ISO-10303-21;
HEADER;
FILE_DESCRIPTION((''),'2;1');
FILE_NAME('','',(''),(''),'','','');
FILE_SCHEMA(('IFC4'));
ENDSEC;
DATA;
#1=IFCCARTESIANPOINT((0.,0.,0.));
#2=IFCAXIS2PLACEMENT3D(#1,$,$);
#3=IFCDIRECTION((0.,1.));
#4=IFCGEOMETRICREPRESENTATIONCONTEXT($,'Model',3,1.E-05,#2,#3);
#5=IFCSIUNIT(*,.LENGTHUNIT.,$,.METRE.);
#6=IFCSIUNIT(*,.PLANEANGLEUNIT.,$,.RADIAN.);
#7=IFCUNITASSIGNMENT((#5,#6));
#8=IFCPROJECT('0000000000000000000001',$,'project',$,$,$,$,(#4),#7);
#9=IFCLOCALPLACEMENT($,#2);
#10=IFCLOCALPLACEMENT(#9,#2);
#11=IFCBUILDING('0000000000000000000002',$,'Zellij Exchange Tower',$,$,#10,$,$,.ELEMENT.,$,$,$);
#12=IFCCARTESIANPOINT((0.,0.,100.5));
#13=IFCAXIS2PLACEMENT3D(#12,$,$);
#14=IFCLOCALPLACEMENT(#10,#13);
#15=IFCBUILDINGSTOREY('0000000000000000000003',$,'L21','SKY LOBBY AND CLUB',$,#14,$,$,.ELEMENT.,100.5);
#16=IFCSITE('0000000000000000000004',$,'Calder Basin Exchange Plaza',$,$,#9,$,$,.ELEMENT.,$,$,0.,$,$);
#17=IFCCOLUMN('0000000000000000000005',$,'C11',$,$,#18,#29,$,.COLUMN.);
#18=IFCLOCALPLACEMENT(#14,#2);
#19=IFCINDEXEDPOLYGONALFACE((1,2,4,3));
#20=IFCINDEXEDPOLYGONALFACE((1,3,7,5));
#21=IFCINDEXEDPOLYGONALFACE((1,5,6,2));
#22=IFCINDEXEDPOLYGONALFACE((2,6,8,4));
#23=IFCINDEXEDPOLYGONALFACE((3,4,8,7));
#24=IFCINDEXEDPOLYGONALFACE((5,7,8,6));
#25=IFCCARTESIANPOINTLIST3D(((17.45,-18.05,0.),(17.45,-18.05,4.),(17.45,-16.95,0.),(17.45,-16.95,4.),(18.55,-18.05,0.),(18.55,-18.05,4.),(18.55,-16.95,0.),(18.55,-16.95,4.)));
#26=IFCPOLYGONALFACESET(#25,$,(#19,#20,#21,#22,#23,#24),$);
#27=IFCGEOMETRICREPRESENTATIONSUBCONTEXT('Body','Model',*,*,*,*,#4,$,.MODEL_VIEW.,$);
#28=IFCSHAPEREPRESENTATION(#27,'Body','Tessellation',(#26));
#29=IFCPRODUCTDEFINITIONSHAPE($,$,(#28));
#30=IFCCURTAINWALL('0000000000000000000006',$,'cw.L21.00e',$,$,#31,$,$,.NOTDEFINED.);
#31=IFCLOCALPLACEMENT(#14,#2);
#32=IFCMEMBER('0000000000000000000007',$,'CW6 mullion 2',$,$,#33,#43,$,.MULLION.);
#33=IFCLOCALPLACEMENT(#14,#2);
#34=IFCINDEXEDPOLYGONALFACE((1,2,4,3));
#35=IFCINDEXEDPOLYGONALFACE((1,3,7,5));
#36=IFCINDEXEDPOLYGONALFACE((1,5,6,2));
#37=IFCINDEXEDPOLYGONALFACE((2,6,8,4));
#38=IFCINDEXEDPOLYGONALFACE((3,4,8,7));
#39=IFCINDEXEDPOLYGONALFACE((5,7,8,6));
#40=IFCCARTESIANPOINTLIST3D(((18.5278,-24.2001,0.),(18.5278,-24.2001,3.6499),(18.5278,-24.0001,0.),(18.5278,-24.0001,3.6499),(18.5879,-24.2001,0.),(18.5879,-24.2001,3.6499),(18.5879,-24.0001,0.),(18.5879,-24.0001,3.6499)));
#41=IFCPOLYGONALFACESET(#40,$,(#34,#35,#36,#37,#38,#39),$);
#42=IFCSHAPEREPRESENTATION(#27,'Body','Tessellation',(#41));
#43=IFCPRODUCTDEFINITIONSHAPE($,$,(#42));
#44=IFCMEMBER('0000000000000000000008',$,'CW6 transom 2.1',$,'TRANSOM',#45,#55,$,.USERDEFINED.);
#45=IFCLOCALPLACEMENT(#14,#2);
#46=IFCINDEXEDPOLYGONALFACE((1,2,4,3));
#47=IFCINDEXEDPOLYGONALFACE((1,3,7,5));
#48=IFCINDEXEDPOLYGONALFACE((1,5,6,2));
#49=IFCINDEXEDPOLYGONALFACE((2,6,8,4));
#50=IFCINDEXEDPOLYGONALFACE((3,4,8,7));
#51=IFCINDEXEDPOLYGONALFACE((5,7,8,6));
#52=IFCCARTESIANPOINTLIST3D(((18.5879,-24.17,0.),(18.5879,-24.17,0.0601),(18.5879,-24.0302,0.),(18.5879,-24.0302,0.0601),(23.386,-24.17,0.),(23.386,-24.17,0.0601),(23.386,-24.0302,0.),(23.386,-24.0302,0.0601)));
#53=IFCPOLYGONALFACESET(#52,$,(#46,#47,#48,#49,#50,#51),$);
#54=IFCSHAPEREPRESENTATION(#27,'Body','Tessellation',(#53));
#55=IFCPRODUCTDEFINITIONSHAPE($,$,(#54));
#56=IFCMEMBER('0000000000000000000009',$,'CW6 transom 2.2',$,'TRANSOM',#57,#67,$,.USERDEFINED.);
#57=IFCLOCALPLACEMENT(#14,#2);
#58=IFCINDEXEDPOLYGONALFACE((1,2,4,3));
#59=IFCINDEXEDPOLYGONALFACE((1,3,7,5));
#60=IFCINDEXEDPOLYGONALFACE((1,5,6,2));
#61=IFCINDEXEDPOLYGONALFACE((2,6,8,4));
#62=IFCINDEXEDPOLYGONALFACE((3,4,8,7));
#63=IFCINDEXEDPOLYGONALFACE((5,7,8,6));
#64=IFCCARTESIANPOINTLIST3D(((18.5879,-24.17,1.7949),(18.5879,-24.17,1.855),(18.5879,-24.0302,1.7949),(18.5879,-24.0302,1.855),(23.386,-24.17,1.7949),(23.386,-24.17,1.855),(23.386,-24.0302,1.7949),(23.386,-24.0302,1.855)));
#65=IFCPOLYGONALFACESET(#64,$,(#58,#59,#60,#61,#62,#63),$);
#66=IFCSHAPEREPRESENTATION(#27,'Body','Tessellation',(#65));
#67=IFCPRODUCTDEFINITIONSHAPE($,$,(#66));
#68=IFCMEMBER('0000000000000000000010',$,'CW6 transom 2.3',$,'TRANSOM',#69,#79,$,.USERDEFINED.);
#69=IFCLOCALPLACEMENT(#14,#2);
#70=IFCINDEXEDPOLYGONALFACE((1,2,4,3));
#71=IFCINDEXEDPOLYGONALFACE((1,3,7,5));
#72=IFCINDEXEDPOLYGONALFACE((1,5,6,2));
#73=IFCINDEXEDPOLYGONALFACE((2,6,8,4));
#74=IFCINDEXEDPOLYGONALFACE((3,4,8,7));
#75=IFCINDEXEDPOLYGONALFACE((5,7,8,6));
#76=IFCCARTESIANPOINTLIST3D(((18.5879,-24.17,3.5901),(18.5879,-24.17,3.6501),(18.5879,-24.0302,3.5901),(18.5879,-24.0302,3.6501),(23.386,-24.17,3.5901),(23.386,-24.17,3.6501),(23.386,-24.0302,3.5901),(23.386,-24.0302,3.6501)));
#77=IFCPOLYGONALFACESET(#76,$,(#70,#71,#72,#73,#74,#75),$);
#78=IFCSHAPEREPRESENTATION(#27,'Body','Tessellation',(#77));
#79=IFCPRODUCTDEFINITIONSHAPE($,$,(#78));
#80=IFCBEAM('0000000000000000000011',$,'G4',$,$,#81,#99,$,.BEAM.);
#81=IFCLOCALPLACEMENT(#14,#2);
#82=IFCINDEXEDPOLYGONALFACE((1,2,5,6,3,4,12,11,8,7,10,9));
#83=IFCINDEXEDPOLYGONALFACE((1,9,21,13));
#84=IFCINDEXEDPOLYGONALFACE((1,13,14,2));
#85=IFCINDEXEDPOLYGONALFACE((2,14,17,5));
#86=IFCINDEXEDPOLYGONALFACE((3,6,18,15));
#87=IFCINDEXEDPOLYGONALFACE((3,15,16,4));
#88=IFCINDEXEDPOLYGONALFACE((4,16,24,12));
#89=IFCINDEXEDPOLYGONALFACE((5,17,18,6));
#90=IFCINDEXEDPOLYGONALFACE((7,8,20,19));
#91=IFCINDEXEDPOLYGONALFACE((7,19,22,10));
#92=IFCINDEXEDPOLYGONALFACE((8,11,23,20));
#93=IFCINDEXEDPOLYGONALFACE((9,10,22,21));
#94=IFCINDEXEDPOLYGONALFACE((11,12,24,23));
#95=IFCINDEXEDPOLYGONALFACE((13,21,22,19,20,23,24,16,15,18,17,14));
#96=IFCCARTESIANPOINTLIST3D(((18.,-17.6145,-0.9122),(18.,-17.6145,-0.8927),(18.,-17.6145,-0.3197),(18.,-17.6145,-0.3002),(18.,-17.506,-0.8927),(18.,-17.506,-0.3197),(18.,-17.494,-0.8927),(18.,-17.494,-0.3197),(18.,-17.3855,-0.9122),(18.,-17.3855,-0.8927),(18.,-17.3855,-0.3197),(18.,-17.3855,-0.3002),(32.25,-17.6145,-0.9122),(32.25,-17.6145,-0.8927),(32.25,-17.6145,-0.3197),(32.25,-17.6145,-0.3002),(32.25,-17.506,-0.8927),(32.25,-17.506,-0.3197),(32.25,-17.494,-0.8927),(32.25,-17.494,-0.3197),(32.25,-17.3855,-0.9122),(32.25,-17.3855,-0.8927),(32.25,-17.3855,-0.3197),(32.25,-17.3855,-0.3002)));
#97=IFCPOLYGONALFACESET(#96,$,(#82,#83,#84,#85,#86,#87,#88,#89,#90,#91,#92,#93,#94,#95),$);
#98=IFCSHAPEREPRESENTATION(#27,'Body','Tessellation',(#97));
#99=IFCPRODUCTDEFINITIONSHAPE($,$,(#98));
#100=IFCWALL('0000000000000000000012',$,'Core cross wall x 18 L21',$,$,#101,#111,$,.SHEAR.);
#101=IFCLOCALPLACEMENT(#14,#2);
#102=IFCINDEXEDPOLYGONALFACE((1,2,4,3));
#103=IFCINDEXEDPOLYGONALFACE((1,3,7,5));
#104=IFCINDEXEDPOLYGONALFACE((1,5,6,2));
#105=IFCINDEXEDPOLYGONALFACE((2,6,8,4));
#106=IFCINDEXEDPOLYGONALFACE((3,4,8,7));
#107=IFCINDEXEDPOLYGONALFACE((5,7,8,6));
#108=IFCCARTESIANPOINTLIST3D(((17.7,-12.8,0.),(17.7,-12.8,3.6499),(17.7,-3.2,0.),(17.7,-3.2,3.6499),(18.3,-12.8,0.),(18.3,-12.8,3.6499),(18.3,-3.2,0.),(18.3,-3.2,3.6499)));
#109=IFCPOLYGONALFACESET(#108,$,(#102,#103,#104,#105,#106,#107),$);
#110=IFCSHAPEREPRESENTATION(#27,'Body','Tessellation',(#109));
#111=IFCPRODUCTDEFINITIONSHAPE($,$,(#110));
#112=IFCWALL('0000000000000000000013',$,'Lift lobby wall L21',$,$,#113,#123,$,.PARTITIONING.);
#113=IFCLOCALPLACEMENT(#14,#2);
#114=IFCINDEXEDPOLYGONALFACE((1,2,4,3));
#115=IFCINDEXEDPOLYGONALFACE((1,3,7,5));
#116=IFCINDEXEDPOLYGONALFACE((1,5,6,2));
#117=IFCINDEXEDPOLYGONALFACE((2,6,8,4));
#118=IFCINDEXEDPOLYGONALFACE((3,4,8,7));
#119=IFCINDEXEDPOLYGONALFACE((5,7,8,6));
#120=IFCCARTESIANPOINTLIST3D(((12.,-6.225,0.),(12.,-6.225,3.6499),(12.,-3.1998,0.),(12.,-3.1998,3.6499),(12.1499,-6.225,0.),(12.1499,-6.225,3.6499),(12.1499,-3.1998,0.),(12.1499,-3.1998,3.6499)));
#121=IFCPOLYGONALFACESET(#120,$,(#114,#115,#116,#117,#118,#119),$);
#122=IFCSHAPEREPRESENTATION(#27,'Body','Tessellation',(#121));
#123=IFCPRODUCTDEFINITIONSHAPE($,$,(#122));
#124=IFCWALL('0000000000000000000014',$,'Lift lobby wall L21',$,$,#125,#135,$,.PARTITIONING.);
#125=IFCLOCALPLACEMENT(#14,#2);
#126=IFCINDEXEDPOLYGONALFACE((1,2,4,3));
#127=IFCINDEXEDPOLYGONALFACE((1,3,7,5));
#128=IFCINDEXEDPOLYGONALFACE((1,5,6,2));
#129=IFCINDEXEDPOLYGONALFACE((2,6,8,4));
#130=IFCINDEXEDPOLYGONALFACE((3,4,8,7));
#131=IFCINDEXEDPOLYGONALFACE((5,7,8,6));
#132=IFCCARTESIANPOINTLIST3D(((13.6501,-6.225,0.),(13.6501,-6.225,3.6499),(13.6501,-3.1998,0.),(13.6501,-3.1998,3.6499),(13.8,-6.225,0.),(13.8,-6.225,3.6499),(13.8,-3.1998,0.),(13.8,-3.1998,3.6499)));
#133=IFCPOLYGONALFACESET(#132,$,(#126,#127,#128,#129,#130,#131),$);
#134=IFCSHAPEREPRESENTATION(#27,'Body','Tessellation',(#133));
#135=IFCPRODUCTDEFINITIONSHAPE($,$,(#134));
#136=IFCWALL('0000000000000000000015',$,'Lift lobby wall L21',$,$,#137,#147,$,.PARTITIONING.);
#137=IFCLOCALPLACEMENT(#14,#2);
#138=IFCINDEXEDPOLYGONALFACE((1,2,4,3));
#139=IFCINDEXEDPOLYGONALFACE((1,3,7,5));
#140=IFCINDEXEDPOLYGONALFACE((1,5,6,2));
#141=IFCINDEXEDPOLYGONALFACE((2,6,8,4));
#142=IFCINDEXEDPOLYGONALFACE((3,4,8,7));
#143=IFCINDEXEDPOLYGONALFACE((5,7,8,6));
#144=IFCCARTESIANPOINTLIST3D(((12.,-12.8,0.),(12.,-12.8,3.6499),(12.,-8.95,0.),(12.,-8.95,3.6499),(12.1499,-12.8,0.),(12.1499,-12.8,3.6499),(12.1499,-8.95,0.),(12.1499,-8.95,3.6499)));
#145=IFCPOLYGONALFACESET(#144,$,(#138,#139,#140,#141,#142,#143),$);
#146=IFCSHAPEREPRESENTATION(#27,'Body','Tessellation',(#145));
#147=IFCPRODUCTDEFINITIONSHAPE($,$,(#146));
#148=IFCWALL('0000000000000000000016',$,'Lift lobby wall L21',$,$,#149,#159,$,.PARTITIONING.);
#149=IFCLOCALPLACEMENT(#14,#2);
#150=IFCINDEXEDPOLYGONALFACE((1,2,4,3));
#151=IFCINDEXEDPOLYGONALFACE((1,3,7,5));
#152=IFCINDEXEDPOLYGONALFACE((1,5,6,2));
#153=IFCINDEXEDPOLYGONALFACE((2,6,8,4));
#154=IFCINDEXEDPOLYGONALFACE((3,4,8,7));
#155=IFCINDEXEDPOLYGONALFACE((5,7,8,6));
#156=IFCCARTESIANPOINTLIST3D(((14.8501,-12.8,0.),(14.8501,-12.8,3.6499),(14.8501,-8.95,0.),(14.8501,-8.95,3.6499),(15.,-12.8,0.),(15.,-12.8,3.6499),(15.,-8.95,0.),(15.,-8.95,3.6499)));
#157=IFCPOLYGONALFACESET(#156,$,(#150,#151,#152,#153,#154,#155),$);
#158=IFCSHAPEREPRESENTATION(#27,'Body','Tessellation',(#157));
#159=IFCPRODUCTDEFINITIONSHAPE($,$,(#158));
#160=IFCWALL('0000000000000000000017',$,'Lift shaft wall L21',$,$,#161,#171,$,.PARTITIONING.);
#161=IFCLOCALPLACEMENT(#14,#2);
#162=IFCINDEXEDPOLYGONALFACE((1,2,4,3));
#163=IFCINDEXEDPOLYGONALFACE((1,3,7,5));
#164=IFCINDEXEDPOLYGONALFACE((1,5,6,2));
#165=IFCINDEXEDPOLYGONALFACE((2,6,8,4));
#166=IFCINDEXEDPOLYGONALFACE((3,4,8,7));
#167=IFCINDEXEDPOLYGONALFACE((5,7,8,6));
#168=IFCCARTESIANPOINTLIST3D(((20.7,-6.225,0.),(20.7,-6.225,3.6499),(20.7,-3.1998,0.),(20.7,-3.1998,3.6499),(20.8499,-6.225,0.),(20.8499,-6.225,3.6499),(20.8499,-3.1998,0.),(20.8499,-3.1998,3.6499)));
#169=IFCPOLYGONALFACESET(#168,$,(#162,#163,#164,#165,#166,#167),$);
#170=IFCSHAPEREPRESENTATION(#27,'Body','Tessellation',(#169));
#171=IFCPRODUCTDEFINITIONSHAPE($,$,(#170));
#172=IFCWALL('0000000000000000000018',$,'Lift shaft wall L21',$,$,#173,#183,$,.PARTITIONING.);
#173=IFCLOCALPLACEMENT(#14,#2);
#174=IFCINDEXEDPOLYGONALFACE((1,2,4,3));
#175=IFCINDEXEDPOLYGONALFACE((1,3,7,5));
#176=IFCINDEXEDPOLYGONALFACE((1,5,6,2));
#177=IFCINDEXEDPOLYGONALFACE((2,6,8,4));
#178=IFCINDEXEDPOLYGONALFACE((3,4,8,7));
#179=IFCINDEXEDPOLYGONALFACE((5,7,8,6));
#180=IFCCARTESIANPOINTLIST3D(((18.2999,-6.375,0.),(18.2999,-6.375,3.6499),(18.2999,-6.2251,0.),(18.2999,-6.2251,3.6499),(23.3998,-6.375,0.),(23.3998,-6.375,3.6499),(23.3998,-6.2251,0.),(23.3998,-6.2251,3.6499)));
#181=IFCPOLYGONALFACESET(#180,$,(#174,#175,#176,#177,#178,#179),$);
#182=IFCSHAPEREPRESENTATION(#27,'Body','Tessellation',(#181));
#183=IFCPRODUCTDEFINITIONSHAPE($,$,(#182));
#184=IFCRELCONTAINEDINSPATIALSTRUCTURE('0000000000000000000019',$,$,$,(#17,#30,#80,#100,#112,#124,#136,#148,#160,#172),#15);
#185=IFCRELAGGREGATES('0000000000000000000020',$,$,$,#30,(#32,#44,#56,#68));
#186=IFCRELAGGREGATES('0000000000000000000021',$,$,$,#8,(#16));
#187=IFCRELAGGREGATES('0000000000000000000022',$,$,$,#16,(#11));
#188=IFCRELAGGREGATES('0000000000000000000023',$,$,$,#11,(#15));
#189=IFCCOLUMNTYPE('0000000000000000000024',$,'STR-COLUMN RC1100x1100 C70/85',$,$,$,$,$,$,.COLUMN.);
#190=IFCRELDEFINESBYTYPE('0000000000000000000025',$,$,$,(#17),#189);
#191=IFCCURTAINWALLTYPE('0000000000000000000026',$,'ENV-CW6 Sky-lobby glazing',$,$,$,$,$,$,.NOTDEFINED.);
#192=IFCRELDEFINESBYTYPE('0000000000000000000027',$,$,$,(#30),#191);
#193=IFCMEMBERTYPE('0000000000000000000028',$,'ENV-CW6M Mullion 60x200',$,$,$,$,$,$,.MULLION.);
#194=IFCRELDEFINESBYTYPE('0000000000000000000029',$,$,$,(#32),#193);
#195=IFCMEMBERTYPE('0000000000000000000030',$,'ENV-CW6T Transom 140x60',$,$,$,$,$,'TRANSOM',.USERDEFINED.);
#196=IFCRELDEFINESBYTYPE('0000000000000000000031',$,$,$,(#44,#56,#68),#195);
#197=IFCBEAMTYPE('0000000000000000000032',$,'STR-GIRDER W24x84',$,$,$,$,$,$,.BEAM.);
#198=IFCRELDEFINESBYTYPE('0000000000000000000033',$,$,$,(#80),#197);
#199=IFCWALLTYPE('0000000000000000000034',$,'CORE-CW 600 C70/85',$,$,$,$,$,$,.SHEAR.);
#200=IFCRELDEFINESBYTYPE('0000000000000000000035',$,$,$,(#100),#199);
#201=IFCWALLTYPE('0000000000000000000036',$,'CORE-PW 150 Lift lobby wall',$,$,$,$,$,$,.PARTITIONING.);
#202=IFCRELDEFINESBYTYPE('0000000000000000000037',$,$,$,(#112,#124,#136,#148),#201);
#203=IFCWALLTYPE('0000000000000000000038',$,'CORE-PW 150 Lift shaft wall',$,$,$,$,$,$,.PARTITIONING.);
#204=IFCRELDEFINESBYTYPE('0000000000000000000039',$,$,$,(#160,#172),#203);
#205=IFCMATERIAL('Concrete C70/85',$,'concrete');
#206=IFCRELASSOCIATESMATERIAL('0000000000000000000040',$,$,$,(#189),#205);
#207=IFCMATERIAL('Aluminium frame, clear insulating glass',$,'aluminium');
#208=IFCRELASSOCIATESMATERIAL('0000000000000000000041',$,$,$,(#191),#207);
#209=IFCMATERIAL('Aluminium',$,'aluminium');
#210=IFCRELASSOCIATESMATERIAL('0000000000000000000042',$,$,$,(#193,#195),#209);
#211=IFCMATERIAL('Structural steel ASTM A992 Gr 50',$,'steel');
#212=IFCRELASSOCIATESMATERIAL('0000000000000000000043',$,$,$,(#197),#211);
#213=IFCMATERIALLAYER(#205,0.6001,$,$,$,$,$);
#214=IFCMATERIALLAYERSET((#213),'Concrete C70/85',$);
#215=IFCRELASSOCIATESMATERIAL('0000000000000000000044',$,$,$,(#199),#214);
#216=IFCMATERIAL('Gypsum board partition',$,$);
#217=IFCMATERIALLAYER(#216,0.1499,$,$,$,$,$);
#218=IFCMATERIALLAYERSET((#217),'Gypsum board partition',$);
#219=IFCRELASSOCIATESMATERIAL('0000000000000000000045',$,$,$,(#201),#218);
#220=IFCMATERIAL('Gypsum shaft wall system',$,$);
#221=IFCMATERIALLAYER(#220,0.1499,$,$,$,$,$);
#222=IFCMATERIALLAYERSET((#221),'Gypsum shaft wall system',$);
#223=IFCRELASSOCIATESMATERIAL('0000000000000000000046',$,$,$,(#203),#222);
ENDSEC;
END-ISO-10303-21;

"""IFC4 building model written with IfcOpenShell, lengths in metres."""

from ifc_helpers import new_model, si_unit, direction, frame, frame_2d, origin, origin_2d, place, context, subcontext, project, spatial, rectangle, i_section, extrude, material, layer, layer_set, material_profile, profile_set, type_object, element, aggregate, save


model = new_model("IFC4")

# Units and contexts
model_context = context("Model", 3, precision=1e-05, world=origin(), true_north=direction((0.0, 1.0)))
body_context = subcontext(model_context, "Body", "Model", "MODEL_VIEW")
ifc_project = project(units=[si_unit("LENGTHUNIT", "METRE"), si_unit("PLANEANGLEUNIT", "RADIAN")], contexts=[model_context])

# Site, building, storey
site_placement = place(None, origin())
site = spatial("IfcSite", under=ifc_project, at=site_placement, Name="Calder Basin Exchange Plaza", CompositionType="ELEMENT", RefElevation=0.0)
building_placement = place(site_placement, origin())
building = spatial("IfcBuilding", under=site, at=building_placement, Name="Zellij Exchange Tower", CompositionType="ELEMENT")
storey_placement = place(building_placement, frame((0.0, 0.0, 100.5)))
storey = spatial("IfcBuildingStorey", under=building, at=storey_placement, Name="L21", Description="SKY LOBBY AND CLUB", CompositionType="ELEMENT", Elevation=100.5)

# Column
ifc_material_1 = material(Name="Concrete C70/85", Category="concrete")
ifc_material_profile_1 = material_profile(ifc_material_1, rectangle(XDim=1.1001, YDim=1.1001, at=origin_2d()), Name="STR-COLUMN RC1100x1100 C70/85")
ifc_profile_set_1 = profile_set([ifc_material_profile_1], Name="Concrete C70/85")
column_type = type_object("IfcColumnType", Name="STR-COLUMN RC1100x1100 C70/85", PredefinedType="COLUMN", material=ifc_profile_set_1)
column_placement = place(storey_placement, frame((18.0, -17.5, 0.0), z_axis=(0.0, 0.0, 1.0), x_axis=(1.0, 0.0, 0.0)))
element("IfcColumn", 1, at=column_placement, inside=storey, type_object=column_type, Name="C11", PredefinedType="COLUMN", context=body_context, shape_type="SweptSolid", body=[
    extrude(rectangle(XDim=1.1001, YDim=1.1001, at=origin_2d()), origin(), (0.0, 0.0, 1.0), 4.0),
])

# Curtain wall, members
ifc_material_2 = material(Name="Aluminium frame, clear insulating glass", Category="aluminium")
curtain_wall_type = type_object("IfcCurtainWallType", Name="ENV-CW6 Sky-lobby glazing", PredefinedType="NOTDEFINED", material=ifc_material_2)
curtain_wall_placement = place(storey_placement, origin())
curtain_wall = element("IfcCurtainWall", 2, at=curtain_wall_placement, inside=storey, type_object=curtain_wall_type, Name="cw.L21.00e", PredefinedType="NOTDEFINED")
ifc_material_3 = material(Name="Aluminium", Category="aluminium")
ifc_material_profile_2 = material_profile(ifc_material_3, rectangle(XDim=0.0601, YDim=0.2, at=origin_2d()), Name="AL 60x200")
ifc_profile_set_2 = profile_set([ifc_material_profile_2], Name="Aluminium")
member_type_1 = type_object("IfcMemberType", Name="ENV-CW6M Mullion 60x200", PredefinedType="MULLION", material=ifc_profile_set_2)
member_1_placement = place(storey_placement, frame((18.5579, -24.1001, 0.0), z_axis=(0.0, 0.0, 1.0), x_axis=(1.0, 0.0, 0.0)))
member_1 = element("IfcMember", 3, at=member_1_placement, type_object=member_type_1, Name="CW6 mullion 2", PredefinedType="MULLION", context=body_context, shape_type="SweptSolid", body=[
    extrude(rectangle(XDim=0.0601, YDim=0.2, at=origin_2d()), origin(), (0.0, 0.0, 1.0), 3.6499),
])
ifc_material_profile_3 = material_profile(ifc_material_3, rectangle(XDim=0.1399, YDim=0.0601, at=origin_2d()), Name="AL 140x60")
ifc_profile_set_3 = profile_set([ifc_material_profile_3], Name="Aluminium")
member_type_2 = type_object("IfcMemberType", Name="ENV-CW6T Transom 140x60", ElementType="TRANSOM", PredefinedType="USERDEFINED", material=ifc_profile_set_3)
member_2_placement = place(storey_placement, frame((18.5879, -24.1001, 0.03), z_axis=(1.0, 0.0, 0.0), x_axis=(0.0, 1.0, 0.0)))
member_2 = element("IfcMember", 4, at=member_2_placement, type_object=member_type_2, Name="CW6 transom 2.1", ObjectType="TRANSOM", PredefinedType="USERDEFINED", context=body_context, shape_type="SweptSolid", body=[
    extrude(rectangle(XDim=0.1399, YDim=0.0601, at=origin_2d()), origin(), (0.0, 0.0, 1.0), 4.7981),
])
member_3_placement = place(storey_placement, frame((18.5879, -24.1001, 1.825), z_axis=(1.0, 0.0, 0.0), x_axis=(0.0, 1.0, 0.0)))
member_3 = element("IfcMember", 5, at=member_3_placement, type_object=member_type_2, Name="CW6 transom 2.2", ObjectType="TRANSOM", PredefinedType="USERDEFINED", context=body_context, shape_type="SweptSolid", body=[
    extrude(rectangle(XDim=0.1399, YDim=0.0601, at=origin_2d()), origin(), (0.0, 0.0, 1.0), 4.7981),
])
member_4_placement = place(storey_placement, frame((18.5879, -24.1001, 3.6201), z_axis=(1.0, 0.0, 0.0), x_axis=(0.0, 1.0, 0.0)))
member_4 = element("IfcMember", 6, at=member_4_placement, type_object=member_type_2, Name="CW6 transom 2.3", ObjectType="TRANSOM", PredefinedType="USERDEFINED", context=body_context, shape_type="SweptSolid", body=[
    extrude(rectangle(XDim=0.1399, YDim=0.0601, at=origin_2d()), origin(), (0.0, 0.0, 1.0), 4.7981),
])
aggregate(curtain_wall, [member_1, member_2, member_3, member_4])

# Beam
ifc_material_4 = material(Name="Structural steel ASTM A992 Gr 50", Category="steel")
ifc_material_profile_4 = material_profile(ifc_material_4, i_section(OverallWidth=0.229, OverallDepth=0.6121, WebThickness=0.012, FlangeThickness=0.0195, at=origin_2d()), Name="W24x84")
ifc_profile_set_4 = profile_set([ifc_material_profile_4], Name="Structural steel ASTM A992 Gr 50")
beam_type = type_object("IfcBeamType", Name="STR-GIRDER W24x84", PredefinedType="BEAM", material=ifc_profile_set_4)
beam_placement = place(storey_placement, frame((18.0, -17.5, -0.6062), z_axis=(1.0, 0.0, 0.0), x_axis=(0.0, 1.0, 0.0)))
element("IfcBeam", 7, at=beam_placement, inside=storey, type_object=beam_type, Name="G4", PredefinedType="BEAM", context=body_context, shape_type="SweptSolid", body=[
    extrude(i_section(OverallWidth=0.229, OverallDepth=0.6121, WebThickness=0.012, FlangeThickness=0.0195, at=origin_2d()), origin(), (0.0, 0.0, 1.0), 14.25),
])

# Walls
ifc_layer_1 = layer(ifc_material_1, 0.6001)
ifc_layer_set_1 = layer_set([ifc_layer_1], Name="Concrete C70/85")
wall_type_1 = type_object("IfcWallType", Name="CORE-CW 600 C70/85", PredefinedType="SHEAR", material=ifc_layer_set_1)
wall_1_placement = place(storey_placement, frame((18.0, -12.8, 0.0), z_axis=(0.0, 0.0, 1.0), x_axis=(0.0, 1.0, 0.0)))
element("IfcWall", 8, at=wall_1_placement, inside=storey, type_object=wall_type_1, Name="Core cross wall x 18 L21", PredefinedType="SHEAR", context=body_context, shape_type="SweptSolid", body=[
    extrude(rectangle(XDim=9.6001, YDim=0.6001, at=frame_2d((4.8, 0.0))), origin(), (0.0, 0.0, 1.0), 3.6499),
])
ifc_material_5 = material(Name="Gypsum board partition")
ifc_layer_2 = layer(ifc_material_5, 0.1499)
ifc_layer_set_2 = layer_set([ifc_layer_2], Name="Gypsum board partition")
wall_type_2 = type_object("IfcWallType", Name="CORE-PW 150 Lift lobby wall", PredefinedType="PARTITIONING", material=ifc_layer_set_2)
for number, where, z_axis, x_axis, name in (
    (9, (12.075, -6.2251, 0.0), (0.0, 0.0, 1.0), (0.0, 1.0, 0.0), "Lift lobby wall L21"),
    (10, (13.7251, -6.2251, 0.0), (0.0, 0.0, 1.0), (0.0, 1.0, 0.0), "Lift lobby wall L21"),
):
    element("IfcWall", number, at=place(storey_placement, frame(where, z_axis=z_axis, x_axis=x_axis)), inside=storey, type_object=wall_type_2, Name=name, PredefinedType="PARTITIONING", context=body_context, shape_type="SweptSolid", body=[
        extrude(rectangle(XDim=3.0251, YDim=0.1499, at=frame_2d((1.5127, 0.0))), origin(), (0.0, 0.0, 1.0), 3.6499),
    ])
for number, where, z_axis, x_axis, name in (
    (11, (12.075, -12.8, 0.0), (0.0, 0.0, 1.0), (0.0, 1.0, 0.0), "Lift lobby wall L21"),
    (12, (14.925, -12.8, 0.0), (0.0, 0.0, 1.0), (0.0, 1.0, 0.0), "Lift lobby wall L21"),
):
    element("IfcWall", number, at=place(storey_placement, frame(where, z_axis=z_axis, x_axis=x_axis)), inside=storey, type_object=wall_type_2, Name=name, PredefinedType="PARTITIONING", context=body_context, shape_type="SweptSolid", body=[
        extrude(rectangle(XDim=3.8501, YDim=0.1499, at=frame_2d((1.925, 0.0))), origin(), (0.0, 0.0, 1.0), 3.6499),
    ])
ifc_material_6 = material(Name="Gypsum shaft wall system")
ifc_layer_3 = layer(ifc_material_6, 0.1499)
ifc_layer_set_3 = layer_set([ifc_layer_3], Name="Gypsum shaft wall system")
wall_type_3 = type_object("IfcWallType", Name="CORE-PW 150 Lift shaft wall", PredefinedType="PARTITIONING", material=ifc_layer_set_3)
wall_2_placement = place(storey_placement, frame((20.7749, -6.2251, 0.0), z_axis=(0.0, 0.0, 1.0), x_axis=(0.0, 1.0, 0.0)))
element("IfcWall", 13, at=wall_2_placement, inside=storey, type_object=wall_type_3, Name="Lift shaft wall L21", PredefinedType="PARTITIONING", context=body_context, shape_type="SweptSolid", body=[
    extrude(rectangle(XDim=3.0251, YDim=0.1499, at=frame_2d((1.5127, 0.0))), origin(), (0.0, 0.0, 1.0), 3.6499),
])
wall_3_placement = place(storey_placement, frame((18.3, -6.3, 0.0), z_axis=(0.0, 0.0, 1.0), x_axis=(1.0, 0.0, 0.0)))
element("IfcWall", 14, at=wall_3_placement, inside=storey, type_object=wall_type_3, Name="Lift shaft wall L21", PredefinedType="PARTITIONING", context=body_context, shape_type="SweptSolid", body=[
    extrude(rectangle(XDim=5.0999, YDim=0.1499, at=frame_2d((2.5498, 0.0))), origin(), (0.0, 0.0, 1.0), 3.6499),
])

save(model, "model.ifc")
